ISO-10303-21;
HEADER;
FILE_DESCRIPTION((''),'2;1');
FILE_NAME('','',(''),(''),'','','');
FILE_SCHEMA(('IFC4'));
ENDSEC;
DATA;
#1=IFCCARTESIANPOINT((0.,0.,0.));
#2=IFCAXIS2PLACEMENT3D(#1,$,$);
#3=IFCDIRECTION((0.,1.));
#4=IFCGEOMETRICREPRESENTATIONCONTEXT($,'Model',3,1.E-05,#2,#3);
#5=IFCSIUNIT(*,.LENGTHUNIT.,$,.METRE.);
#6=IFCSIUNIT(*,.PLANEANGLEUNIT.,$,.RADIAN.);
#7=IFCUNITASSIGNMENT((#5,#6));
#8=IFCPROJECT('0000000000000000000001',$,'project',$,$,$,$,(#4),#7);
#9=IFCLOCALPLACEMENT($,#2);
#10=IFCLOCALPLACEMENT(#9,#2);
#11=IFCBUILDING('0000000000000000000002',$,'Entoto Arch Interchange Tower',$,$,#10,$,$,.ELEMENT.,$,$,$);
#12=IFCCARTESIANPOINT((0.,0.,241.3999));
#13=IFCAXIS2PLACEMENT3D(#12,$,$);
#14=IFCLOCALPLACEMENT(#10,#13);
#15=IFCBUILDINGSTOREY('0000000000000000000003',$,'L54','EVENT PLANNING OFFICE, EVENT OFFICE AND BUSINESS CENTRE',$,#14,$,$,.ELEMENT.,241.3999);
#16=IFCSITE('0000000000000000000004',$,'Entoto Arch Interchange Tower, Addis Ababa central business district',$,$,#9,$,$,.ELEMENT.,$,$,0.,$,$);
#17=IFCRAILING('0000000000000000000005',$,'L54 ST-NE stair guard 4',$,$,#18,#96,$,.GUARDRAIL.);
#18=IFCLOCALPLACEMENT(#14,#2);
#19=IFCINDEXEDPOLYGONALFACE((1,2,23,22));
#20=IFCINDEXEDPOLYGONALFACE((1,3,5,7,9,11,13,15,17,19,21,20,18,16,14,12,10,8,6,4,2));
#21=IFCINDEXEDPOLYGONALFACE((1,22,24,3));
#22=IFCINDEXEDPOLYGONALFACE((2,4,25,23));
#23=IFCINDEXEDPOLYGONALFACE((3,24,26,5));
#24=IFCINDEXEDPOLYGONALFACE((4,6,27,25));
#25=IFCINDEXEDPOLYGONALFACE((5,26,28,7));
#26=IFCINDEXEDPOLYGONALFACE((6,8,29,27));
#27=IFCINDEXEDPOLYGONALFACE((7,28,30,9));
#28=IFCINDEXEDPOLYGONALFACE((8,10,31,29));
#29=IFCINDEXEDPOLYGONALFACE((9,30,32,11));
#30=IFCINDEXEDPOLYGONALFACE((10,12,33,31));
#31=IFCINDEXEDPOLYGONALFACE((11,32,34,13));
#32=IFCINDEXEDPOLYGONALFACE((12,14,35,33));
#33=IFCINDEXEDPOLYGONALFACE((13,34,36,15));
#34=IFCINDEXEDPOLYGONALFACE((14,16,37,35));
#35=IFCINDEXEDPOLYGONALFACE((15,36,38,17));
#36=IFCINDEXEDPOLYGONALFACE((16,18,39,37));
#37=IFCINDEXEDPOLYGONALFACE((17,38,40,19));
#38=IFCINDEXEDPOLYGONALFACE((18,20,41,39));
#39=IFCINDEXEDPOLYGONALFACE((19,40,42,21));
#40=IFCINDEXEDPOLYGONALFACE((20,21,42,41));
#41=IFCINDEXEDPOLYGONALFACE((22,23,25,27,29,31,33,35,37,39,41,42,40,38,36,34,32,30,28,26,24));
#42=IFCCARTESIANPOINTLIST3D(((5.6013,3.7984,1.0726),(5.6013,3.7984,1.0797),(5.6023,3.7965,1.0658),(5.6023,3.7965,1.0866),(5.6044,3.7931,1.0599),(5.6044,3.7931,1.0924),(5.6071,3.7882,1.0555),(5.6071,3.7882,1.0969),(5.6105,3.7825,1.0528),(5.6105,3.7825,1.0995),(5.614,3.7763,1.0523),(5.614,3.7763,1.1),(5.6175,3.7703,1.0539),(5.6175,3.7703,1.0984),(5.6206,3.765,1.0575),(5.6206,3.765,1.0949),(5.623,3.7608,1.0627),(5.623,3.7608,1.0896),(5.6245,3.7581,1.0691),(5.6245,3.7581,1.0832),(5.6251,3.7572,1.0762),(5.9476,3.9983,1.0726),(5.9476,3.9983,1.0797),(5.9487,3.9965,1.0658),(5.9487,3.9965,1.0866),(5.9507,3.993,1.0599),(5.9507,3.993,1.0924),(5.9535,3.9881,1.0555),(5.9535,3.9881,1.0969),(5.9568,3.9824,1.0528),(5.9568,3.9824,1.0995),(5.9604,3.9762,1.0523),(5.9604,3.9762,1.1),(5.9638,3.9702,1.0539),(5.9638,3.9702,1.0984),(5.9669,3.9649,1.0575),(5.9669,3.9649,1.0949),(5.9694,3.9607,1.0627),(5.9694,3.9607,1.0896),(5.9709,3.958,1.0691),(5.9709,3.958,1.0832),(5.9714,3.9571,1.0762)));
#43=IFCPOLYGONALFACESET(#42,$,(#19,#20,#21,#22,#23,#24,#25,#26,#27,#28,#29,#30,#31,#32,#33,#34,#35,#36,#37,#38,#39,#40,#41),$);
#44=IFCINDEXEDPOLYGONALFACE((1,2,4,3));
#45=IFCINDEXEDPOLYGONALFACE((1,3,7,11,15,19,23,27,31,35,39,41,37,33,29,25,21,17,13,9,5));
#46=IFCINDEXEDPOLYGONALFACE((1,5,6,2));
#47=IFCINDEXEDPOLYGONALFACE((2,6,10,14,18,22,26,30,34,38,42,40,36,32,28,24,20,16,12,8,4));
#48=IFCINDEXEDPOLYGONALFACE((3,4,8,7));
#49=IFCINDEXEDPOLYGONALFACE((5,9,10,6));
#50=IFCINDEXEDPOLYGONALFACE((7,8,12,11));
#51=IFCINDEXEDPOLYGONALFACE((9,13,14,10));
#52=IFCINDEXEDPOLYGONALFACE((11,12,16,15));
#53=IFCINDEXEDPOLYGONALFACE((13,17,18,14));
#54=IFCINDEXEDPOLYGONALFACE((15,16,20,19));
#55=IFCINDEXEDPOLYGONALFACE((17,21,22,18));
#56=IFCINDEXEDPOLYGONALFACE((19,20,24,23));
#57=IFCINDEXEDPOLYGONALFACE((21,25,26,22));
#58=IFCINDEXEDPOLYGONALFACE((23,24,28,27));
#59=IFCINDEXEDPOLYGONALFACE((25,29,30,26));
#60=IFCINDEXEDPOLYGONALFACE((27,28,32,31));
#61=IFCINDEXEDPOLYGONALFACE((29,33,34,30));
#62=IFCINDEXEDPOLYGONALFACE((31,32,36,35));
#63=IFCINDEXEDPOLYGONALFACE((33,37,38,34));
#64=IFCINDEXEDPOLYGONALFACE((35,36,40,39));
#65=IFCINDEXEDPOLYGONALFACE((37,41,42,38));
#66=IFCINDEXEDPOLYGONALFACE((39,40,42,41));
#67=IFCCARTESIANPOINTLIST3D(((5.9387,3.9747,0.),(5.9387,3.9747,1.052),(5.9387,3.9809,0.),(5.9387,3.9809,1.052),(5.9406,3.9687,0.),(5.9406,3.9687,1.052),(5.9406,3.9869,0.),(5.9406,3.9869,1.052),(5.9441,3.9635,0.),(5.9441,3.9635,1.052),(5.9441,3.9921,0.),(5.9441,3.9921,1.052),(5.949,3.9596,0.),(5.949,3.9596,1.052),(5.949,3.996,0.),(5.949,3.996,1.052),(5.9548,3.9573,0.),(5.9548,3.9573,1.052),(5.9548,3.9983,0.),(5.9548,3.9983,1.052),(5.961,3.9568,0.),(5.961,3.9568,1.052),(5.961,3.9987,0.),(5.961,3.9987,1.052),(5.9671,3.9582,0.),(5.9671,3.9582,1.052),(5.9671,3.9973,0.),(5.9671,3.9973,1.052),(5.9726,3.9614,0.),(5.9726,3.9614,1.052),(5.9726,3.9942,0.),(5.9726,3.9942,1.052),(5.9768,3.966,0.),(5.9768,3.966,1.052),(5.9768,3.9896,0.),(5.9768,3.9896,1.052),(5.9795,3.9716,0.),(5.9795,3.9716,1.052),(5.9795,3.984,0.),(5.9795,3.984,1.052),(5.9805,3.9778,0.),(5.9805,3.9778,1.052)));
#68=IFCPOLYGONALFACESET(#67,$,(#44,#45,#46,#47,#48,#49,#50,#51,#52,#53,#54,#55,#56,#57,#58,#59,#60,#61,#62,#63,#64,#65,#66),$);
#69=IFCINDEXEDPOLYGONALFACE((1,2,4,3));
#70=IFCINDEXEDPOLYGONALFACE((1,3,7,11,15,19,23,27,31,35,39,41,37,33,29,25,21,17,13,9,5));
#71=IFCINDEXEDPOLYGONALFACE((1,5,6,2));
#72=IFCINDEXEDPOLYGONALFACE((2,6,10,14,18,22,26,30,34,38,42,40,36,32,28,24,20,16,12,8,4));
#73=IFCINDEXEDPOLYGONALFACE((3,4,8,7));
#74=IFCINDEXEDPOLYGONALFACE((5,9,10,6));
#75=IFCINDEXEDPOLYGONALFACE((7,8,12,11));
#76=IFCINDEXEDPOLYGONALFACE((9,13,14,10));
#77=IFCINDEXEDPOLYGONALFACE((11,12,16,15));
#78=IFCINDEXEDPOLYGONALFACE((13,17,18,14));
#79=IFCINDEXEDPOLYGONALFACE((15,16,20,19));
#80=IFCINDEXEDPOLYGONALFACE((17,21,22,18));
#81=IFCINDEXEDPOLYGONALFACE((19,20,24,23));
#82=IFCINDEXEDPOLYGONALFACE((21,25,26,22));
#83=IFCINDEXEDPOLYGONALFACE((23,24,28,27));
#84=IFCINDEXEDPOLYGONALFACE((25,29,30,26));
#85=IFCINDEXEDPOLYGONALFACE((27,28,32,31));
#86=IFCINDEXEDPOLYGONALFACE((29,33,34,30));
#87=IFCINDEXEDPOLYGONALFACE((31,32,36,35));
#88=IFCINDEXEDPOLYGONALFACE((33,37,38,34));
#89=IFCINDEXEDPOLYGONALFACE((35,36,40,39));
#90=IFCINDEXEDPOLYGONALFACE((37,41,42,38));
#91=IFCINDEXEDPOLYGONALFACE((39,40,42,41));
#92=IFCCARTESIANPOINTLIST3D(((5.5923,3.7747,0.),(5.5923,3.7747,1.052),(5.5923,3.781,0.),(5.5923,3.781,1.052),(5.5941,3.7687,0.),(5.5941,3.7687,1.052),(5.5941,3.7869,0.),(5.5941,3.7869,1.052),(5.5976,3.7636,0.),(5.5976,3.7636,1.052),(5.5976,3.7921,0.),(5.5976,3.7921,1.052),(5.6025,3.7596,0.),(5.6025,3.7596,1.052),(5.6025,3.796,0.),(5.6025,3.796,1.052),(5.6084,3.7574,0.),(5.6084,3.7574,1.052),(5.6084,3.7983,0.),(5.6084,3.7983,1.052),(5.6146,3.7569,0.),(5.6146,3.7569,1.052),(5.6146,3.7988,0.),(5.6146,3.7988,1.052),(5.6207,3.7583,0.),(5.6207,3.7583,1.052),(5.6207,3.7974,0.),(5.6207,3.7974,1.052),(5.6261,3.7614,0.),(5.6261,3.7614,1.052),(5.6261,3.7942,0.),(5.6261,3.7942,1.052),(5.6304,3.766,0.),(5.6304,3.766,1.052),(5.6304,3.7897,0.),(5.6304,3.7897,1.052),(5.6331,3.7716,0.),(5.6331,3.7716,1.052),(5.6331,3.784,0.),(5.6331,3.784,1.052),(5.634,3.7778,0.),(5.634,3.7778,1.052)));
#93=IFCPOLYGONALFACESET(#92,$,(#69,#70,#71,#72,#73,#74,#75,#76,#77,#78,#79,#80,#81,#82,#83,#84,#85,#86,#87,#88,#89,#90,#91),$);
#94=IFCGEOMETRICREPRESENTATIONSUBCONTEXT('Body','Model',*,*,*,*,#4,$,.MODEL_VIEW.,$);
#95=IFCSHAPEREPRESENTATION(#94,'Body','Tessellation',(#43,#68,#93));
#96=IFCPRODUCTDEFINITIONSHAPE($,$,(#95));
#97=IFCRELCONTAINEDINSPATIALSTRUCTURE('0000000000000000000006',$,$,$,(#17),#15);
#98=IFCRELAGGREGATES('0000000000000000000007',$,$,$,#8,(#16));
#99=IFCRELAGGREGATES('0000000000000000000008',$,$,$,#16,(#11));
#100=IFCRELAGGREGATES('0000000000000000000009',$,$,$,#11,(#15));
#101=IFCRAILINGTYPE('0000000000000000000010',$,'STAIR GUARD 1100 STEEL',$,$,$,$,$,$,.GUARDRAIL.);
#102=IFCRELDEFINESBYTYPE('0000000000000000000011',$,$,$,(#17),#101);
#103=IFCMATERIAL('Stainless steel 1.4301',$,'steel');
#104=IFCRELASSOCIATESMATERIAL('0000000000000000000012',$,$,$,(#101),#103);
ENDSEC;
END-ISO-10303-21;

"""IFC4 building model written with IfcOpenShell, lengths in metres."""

from ifc_helpers import new_model, si_unit, direction, frame, origin, origin_2d, place, context, subcontext, project, spatial, circle, extrude, material, type_object, element, save


model = new_model("IFC4")

# Units and contexts
model_context = context("Model", 3, precision=1e-05, world=origin(), true_north=direction((0.0, 1.0)))
body_context = subcontext(model_context, "Body", "Model", "MODEL_VIEW")
ifc_project = project(units=[si_unit("LENGTHUNIT", "METRE"), si_unit("PLANEANGLEUNIT", "RADIAN")], contexts=[model_context])

# Site, building, storey
site_placement = place(None, origin())
site = spatial("IfcSite", under=ifc_project, at=site_placement, Name="Entoto Arch Interchange Tower, Addis Ababa central business district", CompositionType="ELEMENT", RefElevation=0.0)
building_placement = place(site_placement, origin())
building = spatial("IfcBuilding", under=site, at=building_placement, Name="Entoto Arch Interchange Tower", CompositionType="ELEMENT")
storey_placement = place(building_placement, frame((0.0, 0.0, 241.3999)))
storey = spatial("IfcBuildingStorey", under=building, at=storey_placement, Name="L54", Description="EVENT PLANNING OFFICE, EVENT OFFICE AND BUSINESS CENTRE", CompositionType="ELEMENT", Elevation=241.3999)

# Railing
ifc_material_1 = material(Name="Stainless steel 1.4301", Category="steel")
railing_type_1 = type_object("IfcRailingType", Name="STAIR GUARD 1100 STEEL", PredefinedType="GUARDRAIL", material=ifc_material_1)
railing_1_placement = place(storey_placement, frame((5.9595, 3.9778, 0.0)))
element("IfcRailing", 1, at=railing_1_placement, inside=storey, type_object=railing_type_1, Name="L54 ST-NE stair guard 4", PredefinedType="GUARDRAIL", context=body_context, shape_type="SweptSolid", body=[
    extrude(circle(Radius=0.0239, at=origin_2d()), frame((0.0, 0.0, 1.0762), z_axis=(-0.866094, -0.499881, 0.0), x_axis=(0.499881, -0.866094, 0.0)), (0.0, 0.0, 1.0), 0.3999),
    extrude(circle(Radius=0.021, at=origin_2d()), origin(), (0.0, 0.0, 1.0), 1.052),
    extrude(circle(Radius=0.021, at=origin_2d()), frame((-0.3464, -0.2, 0.0)), (0.0, 0.0, 1.0), 1.052),
])

save(model, "model.ifc")
